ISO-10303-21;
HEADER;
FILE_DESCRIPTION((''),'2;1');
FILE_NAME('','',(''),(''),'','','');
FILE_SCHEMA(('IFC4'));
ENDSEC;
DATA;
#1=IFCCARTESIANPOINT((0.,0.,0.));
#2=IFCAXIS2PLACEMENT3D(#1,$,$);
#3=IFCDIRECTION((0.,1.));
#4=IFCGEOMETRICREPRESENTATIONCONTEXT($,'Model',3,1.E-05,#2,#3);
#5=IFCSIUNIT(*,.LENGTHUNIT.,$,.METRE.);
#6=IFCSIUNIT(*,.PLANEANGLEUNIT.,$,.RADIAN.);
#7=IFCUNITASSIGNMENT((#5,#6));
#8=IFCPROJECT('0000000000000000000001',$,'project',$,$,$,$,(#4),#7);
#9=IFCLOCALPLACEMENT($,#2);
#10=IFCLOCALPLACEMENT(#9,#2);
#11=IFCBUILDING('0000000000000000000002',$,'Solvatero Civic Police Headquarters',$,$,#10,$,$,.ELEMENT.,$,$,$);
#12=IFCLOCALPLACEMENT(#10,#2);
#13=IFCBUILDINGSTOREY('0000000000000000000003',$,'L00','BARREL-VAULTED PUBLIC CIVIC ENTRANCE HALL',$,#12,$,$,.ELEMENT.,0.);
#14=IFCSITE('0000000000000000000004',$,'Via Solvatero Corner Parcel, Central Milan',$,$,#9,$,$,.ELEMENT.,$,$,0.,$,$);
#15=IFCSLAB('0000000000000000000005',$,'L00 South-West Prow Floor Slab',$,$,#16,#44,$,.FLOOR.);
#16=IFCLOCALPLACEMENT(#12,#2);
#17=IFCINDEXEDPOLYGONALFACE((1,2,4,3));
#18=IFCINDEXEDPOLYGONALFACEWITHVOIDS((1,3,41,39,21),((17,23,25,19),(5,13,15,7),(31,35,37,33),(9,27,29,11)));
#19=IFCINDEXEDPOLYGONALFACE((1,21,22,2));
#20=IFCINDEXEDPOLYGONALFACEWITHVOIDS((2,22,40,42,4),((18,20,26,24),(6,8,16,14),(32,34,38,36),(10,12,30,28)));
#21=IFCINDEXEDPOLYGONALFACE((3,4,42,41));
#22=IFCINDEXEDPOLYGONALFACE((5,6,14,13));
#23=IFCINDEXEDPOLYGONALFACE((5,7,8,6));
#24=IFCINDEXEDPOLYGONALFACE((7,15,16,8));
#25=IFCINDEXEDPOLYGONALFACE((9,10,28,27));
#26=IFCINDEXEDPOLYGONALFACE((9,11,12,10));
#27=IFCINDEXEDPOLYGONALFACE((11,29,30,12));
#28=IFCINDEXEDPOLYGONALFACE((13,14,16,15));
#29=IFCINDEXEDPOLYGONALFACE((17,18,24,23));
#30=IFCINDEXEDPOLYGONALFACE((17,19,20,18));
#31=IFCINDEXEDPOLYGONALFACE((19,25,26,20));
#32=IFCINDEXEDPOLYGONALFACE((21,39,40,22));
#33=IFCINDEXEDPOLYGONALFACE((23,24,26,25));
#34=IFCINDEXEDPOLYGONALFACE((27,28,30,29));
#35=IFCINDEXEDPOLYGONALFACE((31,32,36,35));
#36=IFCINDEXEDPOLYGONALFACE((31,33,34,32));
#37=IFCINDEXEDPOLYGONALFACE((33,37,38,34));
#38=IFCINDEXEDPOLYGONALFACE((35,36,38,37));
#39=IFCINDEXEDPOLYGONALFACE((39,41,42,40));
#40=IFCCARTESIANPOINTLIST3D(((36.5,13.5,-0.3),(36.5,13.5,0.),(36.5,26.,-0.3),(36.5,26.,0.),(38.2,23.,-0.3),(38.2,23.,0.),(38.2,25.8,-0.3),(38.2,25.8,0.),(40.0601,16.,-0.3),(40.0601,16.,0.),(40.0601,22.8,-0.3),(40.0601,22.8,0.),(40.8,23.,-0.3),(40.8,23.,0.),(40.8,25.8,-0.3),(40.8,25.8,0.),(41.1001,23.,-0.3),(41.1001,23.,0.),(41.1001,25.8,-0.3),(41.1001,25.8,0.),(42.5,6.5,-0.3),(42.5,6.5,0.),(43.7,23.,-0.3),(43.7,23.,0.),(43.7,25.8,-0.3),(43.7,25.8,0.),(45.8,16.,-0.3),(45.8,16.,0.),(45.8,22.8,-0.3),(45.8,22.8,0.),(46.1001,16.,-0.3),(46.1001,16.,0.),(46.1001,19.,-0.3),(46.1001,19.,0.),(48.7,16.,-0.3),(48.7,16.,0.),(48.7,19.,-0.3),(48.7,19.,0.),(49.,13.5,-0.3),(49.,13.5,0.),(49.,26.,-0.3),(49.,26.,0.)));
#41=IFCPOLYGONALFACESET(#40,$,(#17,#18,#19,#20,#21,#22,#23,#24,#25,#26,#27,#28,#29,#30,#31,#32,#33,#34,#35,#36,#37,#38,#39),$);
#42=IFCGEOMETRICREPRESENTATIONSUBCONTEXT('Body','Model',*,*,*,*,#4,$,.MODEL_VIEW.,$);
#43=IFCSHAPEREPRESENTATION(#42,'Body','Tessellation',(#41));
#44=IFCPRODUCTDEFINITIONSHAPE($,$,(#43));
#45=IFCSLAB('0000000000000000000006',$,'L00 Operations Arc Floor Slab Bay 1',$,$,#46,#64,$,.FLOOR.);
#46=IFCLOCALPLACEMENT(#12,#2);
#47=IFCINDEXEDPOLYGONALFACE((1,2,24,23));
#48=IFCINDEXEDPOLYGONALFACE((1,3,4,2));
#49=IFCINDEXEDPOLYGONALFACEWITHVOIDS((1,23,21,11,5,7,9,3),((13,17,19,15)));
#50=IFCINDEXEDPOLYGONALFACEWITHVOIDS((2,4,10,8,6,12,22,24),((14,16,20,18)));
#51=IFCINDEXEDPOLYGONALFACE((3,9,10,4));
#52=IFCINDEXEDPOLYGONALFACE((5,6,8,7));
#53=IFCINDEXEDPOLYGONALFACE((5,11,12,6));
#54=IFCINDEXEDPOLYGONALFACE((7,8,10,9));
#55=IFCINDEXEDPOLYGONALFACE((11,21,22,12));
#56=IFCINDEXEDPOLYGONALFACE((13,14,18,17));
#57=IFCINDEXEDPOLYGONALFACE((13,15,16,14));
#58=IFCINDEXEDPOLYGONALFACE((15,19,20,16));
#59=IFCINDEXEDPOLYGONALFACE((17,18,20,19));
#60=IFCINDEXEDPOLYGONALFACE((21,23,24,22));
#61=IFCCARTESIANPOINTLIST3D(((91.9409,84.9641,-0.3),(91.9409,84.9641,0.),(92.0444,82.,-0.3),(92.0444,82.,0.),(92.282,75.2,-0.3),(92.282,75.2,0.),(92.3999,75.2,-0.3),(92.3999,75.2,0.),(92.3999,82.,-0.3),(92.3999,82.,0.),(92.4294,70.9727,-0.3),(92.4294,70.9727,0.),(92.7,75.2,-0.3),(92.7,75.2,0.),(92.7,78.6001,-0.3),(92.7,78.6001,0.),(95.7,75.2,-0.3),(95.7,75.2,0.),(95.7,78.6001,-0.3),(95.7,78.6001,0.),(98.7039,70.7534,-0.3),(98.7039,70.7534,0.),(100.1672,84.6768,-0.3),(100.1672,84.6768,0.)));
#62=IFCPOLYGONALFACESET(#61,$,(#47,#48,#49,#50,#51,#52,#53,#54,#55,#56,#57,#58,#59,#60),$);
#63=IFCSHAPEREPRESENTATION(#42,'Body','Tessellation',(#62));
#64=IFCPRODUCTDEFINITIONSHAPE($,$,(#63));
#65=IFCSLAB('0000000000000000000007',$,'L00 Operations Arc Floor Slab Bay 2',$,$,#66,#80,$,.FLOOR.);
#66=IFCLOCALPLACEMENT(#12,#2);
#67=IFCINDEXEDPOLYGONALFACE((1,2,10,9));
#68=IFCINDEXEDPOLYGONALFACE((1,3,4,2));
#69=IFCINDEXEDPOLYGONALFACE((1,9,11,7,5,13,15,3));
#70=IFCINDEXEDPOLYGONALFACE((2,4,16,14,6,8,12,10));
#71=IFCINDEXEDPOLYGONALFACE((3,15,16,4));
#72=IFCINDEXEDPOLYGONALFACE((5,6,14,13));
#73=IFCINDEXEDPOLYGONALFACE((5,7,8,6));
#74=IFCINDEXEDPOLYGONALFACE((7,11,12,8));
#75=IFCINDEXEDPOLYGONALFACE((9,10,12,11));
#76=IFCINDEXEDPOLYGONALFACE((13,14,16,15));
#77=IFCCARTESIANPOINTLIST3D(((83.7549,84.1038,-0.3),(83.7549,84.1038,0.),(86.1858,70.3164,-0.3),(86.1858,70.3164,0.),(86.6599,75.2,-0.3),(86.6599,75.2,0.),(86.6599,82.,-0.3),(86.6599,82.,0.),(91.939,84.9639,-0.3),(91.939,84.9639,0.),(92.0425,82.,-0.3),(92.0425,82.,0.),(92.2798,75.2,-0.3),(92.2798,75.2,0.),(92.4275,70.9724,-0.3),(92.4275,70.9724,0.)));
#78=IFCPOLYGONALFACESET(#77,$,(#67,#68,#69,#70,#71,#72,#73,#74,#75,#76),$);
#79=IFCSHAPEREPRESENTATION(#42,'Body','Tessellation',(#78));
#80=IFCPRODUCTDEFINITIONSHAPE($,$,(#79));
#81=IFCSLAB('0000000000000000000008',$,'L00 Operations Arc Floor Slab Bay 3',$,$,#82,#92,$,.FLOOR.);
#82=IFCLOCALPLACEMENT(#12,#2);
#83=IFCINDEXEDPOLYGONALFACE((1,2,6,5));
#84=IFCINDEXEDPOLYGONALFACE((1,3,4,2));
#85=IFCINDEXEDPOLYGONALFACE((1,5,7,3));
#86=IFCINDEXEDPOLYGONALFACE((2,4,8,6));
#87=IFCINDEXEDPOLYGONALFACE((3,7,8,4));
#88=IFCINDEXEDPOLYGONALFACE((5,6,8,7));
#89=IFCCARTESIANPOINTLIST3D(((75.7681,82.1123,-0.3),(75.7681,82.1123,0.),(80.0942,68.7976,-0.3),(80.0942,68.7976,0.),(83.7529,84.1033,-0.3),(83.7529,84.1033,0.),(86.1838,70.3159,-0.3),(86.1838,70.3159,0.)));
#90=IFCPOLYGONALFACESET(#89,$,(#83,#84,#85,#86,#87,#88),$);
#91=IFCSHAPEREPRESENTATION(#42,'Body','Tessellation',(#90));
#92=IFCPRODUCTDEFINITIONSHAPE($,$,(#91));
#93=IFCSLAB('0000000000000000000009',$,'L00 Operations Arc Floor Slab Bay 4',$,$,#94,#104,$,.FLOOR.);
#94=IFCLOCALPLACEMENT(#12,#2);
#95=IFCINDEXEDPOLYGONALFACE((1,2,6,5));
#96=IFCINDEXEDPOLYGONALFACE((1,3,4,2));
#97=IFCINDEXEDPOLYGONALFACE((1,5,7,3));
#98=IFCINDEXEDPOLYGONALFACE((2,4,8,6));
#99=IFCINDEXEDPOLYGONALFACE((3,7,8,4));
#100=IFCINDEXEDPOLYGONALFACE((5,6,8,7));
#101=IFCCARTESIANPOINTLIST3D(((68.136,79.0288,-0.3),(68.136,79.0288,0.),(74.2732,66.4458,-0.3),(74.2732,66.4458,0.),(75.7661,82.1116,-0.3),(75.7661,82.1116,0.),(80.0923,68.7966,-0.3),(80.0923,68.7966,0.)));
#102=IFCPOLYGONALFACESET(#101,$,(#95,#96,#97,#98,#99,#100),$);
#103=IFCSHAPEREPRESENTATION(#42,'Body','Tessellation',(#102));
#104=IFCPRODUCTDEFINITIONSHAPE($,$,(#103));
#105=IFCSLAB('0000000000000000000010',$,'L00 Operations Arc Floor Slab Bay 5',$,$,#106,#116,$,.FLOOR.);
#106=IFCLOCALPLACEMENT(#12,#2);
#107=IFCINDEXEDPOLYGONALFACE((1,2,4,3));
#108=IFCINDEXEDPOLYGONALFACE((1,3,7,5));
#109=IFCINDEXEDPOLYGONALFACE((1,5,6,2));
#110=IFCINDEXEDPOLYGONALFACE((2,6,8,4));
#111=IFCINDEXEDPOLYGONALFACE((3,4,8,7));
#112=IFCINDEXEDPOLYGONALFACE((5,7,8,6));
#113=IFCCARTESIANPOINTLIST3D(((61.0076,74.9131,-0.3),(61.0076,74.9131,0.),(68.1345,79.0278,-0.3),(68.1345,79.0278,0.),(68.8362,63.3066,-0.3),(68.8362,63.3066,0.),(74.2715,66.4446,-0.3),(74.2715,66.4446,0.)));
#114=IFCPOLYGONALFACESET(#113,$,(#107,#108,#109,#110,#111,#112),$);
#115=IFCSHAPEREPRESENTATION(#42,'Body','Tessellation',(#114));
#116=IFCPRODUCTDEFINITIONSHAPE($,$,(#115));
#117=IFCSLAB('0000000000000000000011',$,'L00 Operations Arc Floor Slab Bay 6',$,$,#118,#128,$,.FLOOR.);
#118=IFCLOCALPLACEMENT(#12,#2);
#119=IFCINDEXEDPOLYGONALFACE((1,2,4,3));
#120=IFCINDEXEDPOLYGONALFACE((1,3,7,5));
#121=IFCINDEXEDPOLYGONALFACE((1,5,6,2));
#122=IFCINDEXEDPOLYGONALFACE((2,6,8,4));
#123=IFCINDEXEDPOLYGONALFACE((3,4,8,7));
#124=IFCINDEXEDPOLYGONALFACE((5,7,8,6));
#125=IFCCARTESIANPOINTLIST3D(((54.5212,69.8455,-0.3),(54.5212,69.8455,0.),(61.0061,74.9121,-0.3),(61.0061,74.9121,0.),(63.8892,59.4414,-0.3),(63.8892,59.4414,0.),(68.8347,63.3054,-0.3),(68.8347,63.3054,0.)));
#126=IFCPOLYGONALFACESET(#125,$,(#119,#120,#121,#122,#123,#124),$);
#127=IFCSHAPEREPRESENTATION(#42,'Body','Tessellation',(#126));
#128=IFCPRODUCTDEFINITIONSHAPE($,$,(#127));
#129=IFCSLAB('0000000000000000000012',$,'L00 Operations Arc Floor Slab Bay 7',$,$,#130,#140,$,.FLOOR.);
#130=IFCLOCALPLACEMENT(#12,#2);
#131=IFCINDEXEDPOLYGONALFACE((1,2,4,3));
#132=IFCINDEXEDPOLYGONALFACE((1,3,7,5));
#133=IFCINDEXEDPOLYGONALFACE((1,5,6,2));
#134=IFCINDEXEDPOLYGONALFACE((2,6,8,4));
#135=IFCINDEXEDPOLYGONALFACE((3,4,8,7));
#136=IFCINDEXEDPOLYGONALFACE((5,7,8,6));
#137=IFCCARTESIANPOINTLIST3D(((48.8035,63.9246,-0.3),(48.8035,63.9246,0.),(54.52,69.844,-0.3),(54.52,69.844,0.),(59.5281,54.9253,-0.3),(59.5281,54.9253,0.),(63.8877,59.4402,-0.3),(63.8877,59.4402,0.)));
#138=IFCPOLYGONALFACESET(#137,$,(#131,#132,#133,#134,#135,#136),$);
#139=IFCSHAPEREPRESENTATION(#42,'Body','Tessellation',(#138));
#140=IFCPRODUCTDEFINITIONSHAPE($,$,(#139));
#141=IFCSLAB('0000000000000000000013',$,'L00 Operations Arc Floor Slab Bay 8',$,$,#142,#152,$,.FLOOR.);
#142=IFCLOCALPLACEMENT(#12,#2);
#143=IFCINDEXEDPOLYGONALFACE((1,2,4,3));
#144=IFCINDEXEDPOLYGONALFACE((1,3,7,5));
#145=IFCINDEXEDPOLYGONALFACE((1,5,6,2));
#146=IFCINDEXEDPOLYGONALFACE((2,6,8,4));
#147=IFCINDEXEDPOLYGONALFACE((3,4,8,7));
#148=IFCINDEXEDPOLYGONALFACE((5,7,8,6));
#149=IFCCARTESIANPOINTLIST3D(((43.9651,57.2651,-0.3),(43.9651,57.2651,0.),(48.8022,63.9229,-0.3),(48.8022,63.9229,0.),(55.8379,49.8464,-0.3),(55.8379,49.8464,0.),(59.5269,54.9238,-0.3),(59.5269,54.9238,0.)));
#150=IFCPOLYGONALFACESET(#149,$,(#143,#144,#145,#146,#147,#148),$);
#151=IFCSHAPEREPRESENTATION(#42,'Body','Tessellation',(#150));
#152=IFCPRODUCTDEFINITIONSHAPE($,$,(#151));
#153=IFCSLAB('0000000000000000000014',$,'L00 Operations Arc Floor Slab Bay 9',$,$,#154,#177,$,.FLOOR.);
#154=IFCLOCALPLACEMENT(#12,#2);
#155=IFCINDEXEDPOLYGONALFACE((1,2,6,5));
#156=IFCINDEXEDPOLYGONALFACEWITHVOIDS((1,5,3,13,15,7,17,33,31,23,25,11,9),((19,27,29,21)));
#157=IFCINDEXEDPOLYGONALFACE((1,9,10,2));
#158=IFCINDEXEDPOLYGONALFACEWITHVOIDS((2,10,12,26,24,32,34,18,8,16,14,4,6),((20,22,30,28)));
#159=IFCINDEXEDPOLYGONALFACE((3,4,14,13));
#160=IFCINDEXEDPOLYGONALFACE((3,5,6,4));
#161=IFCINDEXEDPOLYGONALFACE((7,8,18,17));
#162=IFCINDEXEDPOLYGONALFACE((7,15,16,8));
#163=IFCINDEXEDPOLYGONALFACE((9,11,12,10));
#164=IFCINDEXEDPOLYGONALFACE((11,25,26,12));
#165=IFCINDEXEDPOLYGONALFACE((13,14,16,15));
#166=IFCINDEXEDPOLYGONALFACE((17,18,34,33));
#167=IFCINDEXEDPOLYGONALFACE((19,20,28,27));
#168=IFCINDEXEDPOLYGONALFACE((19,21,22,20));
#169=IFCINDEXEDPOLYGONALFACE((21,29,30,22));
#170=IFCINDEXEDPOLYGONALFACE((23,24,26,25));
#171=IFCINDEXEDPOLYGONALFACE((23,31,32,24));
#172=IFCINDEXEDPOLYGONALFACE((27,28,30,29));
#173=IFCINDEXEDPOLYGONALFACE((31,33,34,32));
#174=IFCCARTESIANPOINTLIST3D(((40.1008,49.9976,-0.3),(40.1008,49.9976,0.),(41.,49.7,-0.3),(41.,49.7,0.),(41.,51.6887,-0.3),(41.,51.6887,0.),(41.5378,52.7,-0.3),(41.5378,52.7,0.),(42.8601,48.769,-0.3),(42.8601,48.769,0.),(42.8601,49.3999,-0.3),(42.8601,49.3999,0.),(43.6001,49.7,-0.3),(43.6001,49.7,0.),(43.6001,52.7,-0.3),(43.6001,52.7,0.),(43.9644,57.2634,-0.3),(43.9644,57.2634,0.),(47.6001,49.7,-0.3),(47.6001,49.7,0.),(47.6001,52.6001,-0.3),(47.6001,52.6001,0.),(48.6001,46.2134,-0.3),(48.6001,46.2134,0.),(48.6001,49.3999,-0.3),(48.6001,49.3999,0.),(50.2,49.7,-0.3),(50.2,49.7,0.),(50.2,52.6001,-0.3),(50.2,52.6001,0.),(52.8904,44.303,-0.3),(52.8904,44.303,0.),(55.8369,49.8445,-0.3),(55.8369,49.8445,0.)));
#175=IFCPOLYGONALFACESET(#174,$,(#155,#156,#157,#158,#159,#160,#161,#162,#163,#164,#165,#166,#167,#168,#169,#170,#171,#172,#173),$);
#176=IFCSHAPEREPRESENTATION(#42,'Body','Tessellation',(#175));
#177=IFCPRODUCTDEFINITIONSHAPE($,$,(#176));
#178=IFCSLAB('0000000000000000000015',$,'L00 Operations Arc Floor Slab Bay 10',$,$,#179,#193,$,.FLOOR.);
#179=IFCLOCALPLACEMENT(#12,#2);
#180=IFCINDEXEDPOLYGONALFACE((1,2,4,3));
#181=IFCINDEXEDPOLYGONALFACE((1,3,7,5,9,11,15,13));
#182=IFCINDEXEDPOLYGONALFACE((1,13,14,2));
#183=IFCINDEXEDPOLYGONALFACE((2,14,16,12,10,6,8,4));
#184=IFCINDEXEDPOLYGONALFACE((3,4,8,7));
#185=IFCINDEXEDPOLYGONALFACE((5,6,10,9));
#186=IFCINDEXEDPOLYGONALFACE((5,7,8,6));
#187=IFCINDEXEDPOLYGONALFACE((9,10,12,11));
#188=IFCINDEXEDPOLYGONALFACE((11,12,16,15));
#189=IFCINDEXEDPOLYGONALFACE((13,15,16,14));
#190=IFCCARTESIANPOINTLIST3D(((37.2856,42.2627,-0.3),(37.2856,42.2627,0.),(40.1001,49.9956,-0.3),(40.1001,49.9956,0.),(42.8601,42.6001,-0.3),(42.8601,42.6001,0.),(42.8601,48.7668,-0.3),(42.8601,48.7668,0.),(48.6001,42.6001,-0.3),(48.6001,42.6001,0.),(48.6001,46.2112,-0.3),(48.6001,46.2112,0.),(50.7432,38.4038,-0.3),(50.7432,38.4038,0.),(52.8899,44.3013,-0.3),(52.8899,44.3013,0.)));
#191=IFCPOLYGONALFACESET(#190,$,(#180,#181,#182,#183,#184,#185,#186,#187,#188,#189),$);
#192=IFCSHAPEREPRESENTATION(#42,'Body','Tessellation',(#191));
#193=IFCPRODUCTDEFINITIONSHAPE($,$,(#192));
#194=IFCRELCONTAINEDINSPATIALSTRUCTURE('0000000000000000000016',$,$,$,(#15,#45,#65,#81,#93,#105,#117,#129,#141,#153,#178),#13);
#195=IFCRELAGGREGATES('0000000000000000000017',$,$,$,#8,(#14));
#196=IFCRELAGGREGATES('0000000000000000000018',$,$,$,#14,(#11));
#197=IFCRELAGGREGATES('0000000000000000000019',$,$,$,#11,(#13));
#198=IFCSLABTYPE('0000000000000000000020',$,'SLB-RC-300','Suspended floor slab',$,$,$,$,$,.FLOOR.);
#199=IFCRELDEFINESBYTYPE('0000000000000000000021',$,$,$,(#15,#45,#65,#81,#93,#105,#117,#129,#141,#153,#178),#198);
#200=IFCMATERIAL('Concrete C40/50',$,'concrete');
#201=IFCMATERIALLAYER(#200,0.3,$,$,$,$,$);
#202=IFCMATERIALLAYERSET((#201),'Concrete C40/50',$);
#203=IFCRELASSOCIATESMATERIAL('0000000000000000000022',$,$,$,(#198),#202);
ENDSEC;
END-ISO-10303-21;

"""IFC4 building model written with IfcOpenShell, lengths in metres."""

from ifc_helpers import new_model, si_unit, direction, frame, origin, place, context, subcontext, project, spatial, polyline, outline, extrude, material, layer, layer_set, type_object, element, save


model = new_model("IFC4")

# Units and contexts
model_context = context("Model", 3, precision=1e-05, world=origin(), true_north=direction((0.0, 1.0)))
body_context = subcontext(model_context, "Body", "Model", "MODEL_VIEW")
ifc_project = project(units=[si_unit("LENGTHUNIT", "METRE"), si_unit("PLANEANGLEUNIT", "RADIAN")], contexts=[model_context])

# Site, building, storey
site_placement = place(None, origin())
site = spatial("IfcSite", under=ifc_project, at=site_placement, Name="Via Solvatero Corner Parcel, Central Milan", CompositionType="ELEMENT", RefElevation=0.0)
building_placement = place(site_placement, origin())
building = spatial("IfcBuilding", under=site, at=building_placement, Name="Solvatero Civic Police Headquarters", CompositionType="ELEMENT")
storey_placement = place(building_placement, origin())
storey = spatial("IfcBuildingStorey", under=building, at=storey_placement, Name="L00", Description="BARREL-VAULTED PUBLIC CIVIC ENTRANCE HALL", CompositionType="ELEMENT", Elevation=0.0)

# Slabs
ifc_material_1 = material(Name="Concrete C40/50", Category="concrete")
ifc_layer_1 = layer(ifc_material_1, 0.3)
ifc_layer_set_1 = layer_set([ifc_layer_1], Name="Concrete C40/50")
slab_type_1 = type_object("IfcSlabType", Name="SLB-RC-300", Description="Suspended floor slab", PredefinedType="FLOOR", material=ifc_layer_set_1)
slab_1_placement = place(storey_placement, frame((0.0, 0.0, -0.3)))
element("IfcSlab", 1, at=slab_1_placement, inside=storey, type_object=slab_type_1, Name="L00 South-West Prow Floor Slab", PredefinedType="FLOOR", context=body_context, shape_type="SweptSolid", body=[
    extrude(outline(polyline([(49.0, 13.5), (42.5, 6.5), (36.5, 13.5), (36.5, 26.0), (49.0, 26.0), (49.0, 13.5)]), holes=[polyline([(46.1001, 16.0), (48.7, 16.0), (48.7, 19.0), (46.1001, 19.0), (46.1001, 16.0)]), polyline([(40.0601, 16.0), (45.8, 16.0), (45.8, 22.8), (40.0601, 22.8), (40.0601, 16.0)]), polyline([(38.2, 23.0), (40.8, 23.0), (40.8, 25.8), (38.2, 25.8), (38.2, 23.0)]), polyline([(41.1001, 23.0), (43.7, 23.0), (43.7, 25.8), (41.1001, 25.8), (41.1001, 23.0)])]), origin(), (0.0, 0.0, 1.0), 0.3),
])
slab_2_placement = place(storey_placement, frame((0.0, 0.0, -0.3)))
element("IfcSlab", 2, at=slab_2_placement, inside=storey, type_object=slab_type_1, Name="L00 Operations Arc Floor Slab Bay 1", PredefinedType="FLOOR", context=body_context, shape_type="SweptSolid", body=[
    extrude(outline(polyline([(98.7039, 70.7534), (92.4294, 70.9727), (92.282, 75.2), (92.3999, 75.2), (92.3999, 82.0), (92.0444, 82.0), (91.9409, 84.9641), (100.1672, 84.6768), (98.7039, 70.7534)]), holes=[polyline([(92.7, 75.2), (95.7, 75.2), (95.7, 78.6001), (92.7, 78.6001), (92.7, 75.2)])]), origin(), (0.0, 0.0, 1.0), 0.3),
])
slab_3_placement = place(storey_placement, frame((0.0, 0.0, -0.3)))
element("IfcSlab", 3, at=slab_3_placement, inside=storey, type_object=slab_type_1, Name="L00 Operations Arc Floor Slab Bay 2", PredefinedType="FLOOR", context=body_context, shape_type="SweptSolid", body=[
    extrude(outline(polyline([(83.7549, 84.1038), (91.939, 84.9639), (92.0425, 82.0), (86.6599, 82.0), (86.6599, 75.2), (92.2798, 75.2), (92.4275, 70.9724), (86.1858, 70.3164), (83.7549, 84.1038)])), origin(), (0.0, 0.0, 1.0), 0.3),
])
slab_4_placement = place(storey_placement, frame((0.0, 0.0, -0.3)))
element("IfcSlab", 4, at=slab_4_placement, inside=storey, type_object=slab_type_1, Name="L00 Operations Arc Floor Slab Bay 3", PredefinedType="FLOOR", context=body_context, shape_type="SweptSolid", body=[
    extrude(outline(polyline([(83.7529, 84.1033), (86.1838, 70.3159), (80.0942, 68.7976), (75.7681, 82.1123), (83.7529, 84.1033)])), origin(), (0.0, 0.0, 1.0), 0.3),
])
slab_5_placement = place(storey_placement, frame((0.0, 0.0, -0.3)))
element("IfcSlab", 5, at=slab_5_placement, inside=storey, type_object=slab_type_1, Name="L00 Operations Arc Floor Slab Bay 4", PredefinedType="FLOOR", context=body_context, shape_type="SweptSolid", body=[
    extrude(outline(polyline([(75.7661, 82.1116), (80.0923, 68.7966), (74.2732, 66.4458), (68.136, 79.0288), (75.7661, 82.1116)])), origin(), (0.0, 0.0, 1.0), 0.3),
])
slab_6_placement = place(storey_placement, frame((0.0, 0.0, -0.3)))
element("IfcSlab", 6, at=slab_6_placement, inside=storey, type_object=slab_type_1, Name="L00 Operations Arc Floor Slab Bay 5", PredefinedType="FLOOR", context=body_context, shape_type="SweptSolid", body=[
    extrude(outline(polyline([(68.1345, 79.0278), (74.2715, 66.4446), (68.8362, 63.3066), (61.0076, 74.9131), (68.1345, 79.0278)])), origin(), (0.0, 0.0, 1.0), 0.3),
])
slab_7_placement = place(storey_placement, frame((0.0, 0.0, -0.3)))
element("IfcSlab", 7, at=slab_7_placement, inside=storey, type_object=slab_type_1, Name="L00 Operations Arc Floor Slab Bay 6", PredefinedType="FLOOR", context=body_context, shape_type="SweptSolid", body=[
    extrude(outline(polyline([(61.0061, 74.9121), (68.8347, 63.3054), (63.8892, 59.4414), (54.5212, 69.8455), (61.0061, 74.9121)])), origin(), (0.0, 0.0, 1.0), 0.3),
])
slab_8_placement = place(storey_placement, frame((0.0, 0.0, -0.3)))
element("IfcSlab", 8, at=slab_8_placement, inside=storey, type_object=slab_type_1, Name="L00 Operations Arc Floor Slab Bay 7", PredefinedType="FLOOR", context=body_context, shape_type="SweptSolid", body=[
    extrude(outline(polyline([(54.52, 69.844), (63.8877, 59.4402), (59.5281, 54.9253), (48.8035, 63.9246), (54.52, 69.844)])), origin(), (0.0, 0.0, 1.0), 0.3),
])
slab_9_placement = place(storey_placement, frame((0.0, 0.0, -0.3)))
element("IfcSlab", 9, at=slab_9_placement, inside=storey, type_object=slab_type_1, Name="L00 Operations Arc Floor Slab Bay 8", PredefinedType="FLOOR", context=body_context, shape_type="SweptSolid", body=[
    extrude(outline(polyline([(48.8022, 63.9229), (59.5269, 54.9238), (55.8379, 49.8464), (43.9651, 57.2651), (48.8022, 63.9229)])), origin(), (0.0, 0.0, 1.0), 0.3),
])
slab_10_placement = place(storey_placement, frame((0.0, 0.0, -0.3)))
element("IfcSlab", 10, at=slab_10_placement, inside=storey, type_object=slab_type_1, Name="L00 Operations Arc Floor Slab Bay 9", PredefinedType="FLOOR", context=body_context, shape_type="SweptSolid", body=[
    extrude(outline(polyline([(52.8904, 44.303), (48.6001, 46.2134), (48.6001, 49.3999), (42.8601, 49.3999), (42.8601, 48.769), (40.1008, 49.9976), (41.0, 51.6887), (41.0, 49.7), (43.6001, 49.7), (43.6001, 52.7), (41.5378, 52.7), (43.9644, 57.2634), (55.8369, 49.8445), (52.8904, 44.303)]), holes=[polyline([(50.2, 49.7), (50.2, 52.6001), (47.6001, 52.6001), (47.6001, 49.7), (50.2, 49.7)])]), origin(), (0.0, 0.0, 1.0), 0.3),
])
slab_11_placement = place(storey_placement, frame((0.0, 0.0, -0.3)))
element("IfcSlab", 11, at=slab_11_placement, inside=storey, type_object=slab_type_1, Name="L00 Operations Arc Floor Slab Bay 10", PredefinedType="FLOOR", context=body_context, shape_type="SweptSolid", body=[
    extrude(outline(polyline([(37.2856, 42.2627), (40.1001, 49.9956), (42.8601, 48.7668), (42.8601, 42.6001), (48.6001, 42.6001), (48.6001, 46.2112), (52.8899, 44.3013), (50.7432, 38.4038), (37.2856, 42.2627)])), origin(), (0.0, 0.0, 1.0), 0.3),
])

save(model, "model.ifc")
